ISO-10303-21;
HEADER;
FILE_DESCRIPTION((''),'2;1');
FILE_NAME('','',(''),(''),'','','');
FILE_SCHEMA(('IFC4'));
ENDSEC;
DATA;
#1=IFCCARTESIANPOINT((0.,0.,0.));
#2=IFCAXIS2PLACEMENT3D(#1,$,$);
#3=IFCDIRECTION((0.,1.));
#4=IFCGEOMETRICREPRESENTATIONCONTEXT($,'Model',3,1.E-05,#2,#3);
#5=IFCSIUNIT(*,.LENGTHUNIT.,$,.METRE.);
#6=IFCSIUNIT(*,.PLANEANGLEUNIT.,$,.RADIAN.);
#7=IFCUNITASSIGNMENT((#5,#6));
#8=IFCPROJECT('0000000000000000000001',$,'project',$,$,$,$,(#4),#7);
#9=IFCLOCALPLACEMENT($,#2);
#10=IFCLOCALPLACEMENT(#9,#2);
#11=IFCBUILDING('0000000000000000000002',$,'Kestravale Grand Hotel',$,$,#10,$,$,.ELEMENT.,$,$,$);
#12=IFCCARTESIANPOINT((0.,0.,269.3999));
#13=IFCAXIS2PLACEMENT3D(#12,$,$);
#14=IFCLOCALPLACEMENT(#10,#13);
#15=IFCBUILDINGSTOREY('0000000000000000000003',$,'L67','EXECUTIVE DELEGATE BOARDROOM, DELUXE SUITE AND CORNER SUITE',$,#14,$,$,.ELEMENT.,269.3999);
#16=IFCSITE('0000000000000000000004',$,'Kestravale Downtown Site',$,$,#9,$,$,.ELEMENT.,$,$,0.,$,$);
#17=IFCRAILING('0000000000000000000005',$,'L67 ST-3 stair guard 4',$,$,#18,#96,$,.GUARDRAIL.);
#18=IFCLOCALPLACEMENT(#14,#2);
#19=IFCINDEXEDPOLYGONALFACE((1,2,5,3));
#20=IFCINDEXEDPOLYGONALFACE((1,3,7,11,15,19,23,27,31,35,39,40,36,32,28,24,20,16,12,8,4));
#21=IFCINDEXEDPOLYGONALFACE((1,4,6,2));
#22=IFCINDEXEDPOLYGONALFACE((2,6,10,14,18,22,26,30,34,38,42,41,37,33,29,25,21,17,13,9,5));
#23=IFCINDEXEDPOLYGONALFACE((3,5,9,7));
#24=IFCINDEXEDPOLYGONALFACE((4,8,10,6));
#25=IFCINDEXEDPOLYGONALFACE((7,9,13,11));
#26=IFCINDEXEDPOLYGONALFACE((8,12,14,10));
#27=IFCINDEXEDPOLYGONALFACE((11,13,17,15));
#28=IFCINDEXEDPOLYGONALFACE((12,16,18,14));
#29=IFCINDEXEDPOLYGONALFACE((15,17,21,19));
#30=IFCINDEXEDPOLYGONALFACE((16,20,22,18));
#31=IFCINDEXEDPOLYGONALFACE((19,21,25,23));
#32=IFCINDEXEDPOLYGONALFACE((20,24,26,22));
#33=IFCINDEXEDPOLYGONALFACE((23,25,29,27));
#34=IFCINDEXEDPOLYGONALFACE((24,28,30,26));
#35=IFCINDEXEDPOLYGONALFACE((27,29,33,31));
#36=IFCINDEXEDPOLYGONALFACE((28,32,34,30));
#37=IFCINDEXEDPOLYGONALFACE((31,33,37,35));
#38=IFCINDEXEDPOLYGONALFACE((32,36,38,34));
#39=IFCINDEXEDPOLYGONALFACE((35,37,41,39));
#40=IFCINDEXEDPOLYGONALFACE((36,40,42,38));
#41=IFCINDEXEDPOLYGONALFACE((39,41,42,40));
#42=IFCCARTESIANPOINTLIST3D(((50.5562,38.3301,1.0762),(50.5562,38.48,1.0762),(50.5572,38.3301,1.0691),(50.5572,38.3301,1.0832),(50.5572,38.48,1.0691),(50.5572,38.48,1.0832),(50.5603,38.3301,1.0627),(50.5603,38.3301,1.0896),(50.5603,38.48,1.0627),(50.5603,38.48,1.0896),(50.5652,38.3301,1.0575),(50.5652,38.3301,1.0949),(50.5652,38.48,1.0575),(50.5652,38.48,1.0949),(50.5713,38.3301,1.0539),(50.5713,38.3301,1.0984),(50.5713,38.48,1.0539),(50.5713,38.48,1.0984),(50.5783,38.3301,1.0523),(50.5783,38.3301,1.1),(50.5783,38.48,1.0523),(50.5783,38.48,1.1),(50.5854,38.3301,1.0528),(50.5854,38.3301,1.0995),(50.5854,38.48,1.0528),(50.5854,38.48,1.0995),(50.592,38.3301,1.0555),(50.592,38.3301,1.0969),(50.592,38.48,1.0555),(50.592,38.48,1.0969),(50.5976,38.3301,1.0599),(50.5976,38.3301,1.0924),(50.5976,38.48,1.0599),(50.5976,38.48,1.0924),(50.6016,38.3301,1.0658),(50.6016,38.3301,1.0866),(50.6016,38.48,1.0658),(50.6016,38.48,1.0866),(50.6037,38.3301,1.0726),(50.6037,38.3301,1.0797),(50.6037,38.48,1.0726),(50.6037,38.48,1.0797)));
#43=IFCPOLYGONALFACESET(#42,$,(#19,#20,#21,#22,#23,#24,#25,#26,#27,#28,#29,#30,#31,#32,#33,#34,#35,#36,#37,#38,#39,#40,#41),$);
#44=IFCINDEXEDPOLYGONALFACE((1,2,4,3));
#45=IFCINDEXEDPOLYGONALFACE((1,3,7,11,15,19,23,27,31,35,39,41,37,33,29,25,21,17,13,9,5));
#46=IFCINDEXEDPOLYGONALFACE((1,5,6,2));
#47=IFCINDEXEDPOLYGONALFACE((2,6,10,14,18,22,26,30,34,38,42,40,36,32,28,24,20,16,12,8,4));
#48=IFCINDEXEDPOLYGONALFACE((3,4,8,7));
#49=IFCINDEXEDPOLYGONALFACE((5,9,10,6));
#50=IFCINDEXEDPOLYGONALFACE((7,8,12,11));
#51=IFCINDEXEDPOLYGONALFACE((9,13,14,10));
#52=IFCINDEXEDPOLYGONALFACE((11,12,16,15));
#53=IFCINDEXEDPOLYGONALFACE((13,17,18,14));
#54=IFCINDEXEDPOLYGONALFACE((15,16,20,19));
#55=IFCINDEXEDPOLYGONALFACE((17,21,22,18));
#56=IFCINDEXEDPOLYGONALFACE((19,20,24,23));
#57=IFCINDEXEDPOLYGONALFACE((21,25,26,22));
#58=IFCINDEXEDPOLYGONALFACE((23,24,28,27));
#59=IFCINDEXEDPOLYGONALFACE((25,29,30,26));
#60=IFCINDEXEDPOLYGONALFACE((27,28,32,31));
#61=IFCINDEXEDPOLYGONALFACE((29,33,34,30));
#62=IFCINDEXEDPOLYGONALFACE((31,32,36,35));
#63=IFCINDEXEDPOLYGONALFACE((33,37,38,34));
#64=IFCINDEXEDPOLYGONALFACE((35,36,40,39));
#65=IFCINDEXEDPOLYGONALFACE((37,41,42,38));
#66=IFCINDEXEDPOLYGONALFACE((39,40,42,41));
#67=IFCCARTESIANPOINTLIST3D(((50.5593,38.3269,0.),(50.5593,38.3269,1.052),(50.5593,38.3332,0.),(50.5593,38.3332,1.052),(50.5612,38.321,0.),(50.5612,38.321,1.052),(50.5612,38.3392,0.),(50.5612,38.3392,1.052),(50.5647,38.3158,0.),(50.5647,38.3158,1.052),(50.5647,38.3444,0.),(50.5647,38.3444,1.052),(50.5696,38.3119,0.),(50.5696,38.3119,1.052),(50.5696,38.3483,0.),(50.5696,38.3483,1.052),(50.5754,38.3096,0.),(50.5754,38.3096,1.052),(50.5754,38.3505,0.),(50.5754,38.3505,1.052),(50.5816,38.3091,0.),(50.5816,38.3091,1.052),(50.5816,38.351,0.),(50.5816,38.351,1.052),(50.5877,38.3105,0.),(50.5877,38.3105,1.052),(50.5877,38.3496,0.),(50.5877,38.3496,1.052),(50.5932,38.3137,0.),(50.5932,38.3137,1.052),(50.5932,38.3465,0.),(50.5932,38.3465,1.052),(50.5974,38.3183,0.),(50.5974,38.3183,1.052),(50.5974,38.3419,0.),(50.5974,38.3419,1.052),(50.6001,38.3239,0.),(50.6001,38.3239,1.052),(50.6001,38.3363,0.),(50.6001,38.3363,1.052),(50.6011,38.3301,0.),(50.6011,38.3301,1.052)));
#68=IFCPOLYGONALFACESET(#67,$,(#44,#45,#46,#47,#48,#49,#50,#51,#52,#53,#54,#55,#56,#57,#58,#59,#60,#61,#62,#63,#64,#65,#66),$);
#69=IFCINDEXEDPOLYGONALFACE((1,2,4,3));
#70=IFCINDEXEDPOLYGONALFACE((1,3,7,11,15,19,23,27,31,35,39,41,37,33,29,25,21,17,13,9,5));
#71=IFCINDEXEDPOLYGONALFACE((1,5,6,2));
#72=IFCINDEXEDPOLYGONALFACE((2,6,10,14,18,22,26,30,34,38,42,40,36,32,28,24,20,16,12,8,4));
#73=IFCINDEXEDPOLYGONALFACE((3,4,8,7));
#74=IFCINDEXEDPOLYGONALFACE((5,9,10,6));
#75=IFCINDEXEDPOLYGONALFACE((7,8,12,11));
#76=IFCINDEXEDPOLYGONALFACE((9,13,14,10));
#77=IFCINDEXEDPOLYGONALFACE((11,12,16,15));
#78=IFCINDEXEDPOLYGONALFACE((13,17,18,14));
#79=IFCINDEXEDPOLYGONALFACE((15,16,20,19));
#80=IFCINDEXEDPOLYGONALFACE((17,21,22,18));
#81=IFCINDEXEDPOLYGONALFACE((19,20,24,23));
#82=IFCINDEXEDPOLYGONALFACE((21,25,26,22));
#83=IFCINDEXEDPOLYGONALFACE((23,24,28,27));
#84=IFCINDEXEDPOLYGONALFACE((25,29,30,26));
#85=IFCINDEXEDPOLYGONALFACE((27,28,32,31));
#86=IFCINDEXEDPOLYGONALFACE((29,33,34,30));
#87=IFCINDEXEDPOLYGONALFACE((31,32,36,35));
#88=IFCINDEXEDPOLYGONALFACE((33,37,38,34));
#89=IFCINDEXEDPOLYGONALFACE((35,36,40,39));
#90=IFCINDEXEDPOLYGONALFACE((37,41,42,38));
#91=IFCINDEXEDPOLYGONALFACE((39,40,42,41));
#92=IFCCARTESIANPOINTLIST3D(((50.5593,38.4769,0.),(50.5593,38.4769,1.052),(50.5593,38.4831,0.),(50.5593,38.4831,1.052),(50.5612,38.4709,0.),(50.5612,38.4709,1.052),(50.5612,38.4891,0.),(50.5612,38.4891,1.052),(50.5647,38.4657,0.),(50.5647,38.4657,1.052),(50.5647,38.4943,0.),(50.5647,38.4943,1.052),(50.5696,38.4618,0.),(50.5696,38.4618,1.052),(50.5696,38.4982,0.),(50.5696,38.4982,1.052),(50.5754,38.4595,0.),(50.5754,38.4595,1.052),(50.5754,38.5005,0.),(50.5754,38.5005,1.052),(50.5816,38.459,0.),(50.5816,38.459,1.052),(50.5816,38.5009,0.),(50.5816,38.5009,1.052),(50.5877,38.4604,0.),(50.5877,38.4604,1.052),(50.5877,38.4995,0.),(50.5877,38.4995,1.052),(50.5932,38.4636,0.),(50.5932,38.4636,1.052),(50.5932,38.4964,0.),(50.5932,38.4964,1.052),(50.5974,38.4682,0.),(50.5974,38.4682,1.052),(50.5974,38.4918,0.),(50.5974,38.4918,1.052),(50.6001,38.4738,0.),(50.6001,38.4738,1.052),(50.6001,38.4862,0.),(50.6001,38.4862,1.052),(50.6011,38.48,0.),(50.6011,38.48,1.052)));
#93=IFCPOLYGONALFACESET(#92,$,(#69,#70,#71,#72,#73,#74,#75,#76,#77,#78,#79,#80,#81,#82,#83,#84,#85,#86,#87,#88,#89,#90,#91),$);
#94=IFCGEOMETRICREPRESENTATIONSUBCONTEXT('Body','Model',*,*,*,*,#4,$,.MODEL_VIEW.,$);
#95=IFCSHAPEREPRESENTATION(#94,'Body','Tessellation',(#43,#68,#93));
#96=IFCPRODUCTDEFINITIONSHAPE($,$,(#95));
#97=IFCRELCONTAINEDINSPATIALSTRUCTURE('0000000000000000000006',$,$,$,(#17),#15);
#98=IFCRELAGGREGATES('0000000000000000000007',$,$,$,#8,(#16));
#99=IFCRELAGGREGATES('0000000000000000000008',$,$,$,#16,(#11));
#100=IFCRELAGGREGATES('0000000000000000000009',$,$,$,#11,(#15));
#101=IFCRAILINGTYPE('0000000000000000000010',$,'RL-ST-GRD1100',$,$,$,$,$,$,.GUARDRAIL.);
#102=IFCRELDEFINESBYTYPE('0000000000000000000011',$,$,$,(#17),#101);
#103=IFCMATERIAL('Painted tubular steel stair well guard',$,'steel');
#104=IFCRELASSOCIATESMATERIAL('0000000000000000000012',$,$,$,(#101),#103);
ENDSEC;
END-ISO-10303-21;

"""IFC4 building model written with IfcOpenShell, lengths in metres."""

from ifc_helpers import new_model, si_unit, direction, frame, origin, origin_2d, place, context, subcontext, project, spatial, circle, extrude, material, type_object, element, save


model = new_model("IFC4")

# Units and contexts
model_context = context("Model", 3, precision=1e-05, world=origin(), true_north=direction((0.0, 1.0)))
body_context = subcontext(model_context, "Body", "Model", "MODEL_VIEW")
ifc_project = project(units=[si_unit("LENGTHUNIT", "METRE"), si_unit("PLANEANGLEUNIT", "RADIAN")], contexts=[model_context])

# Site, building, storey
site_placement = place(None, origin())
site = spatial("IfcSite", under=ifc_project, at=site_placement, Name="Kestravale Downtown Site", CompositionType="ELEMENT", RefElevation=0.0)
building_placement = place(site_placement, origin())
building = spatial("IfcBuilding", under=site, at=building_placement, Name="Kestravale Grand Hotel", CompositionType="ELEMENT")
storey_placement = place(building_placement, frame((0.0, 0.0, 269.3999)))
storey = spatial("IfcBuildingStorey", under=building, at=storey_placement, Name="L67", Description="EXECUTIVE DELEGATE BOARDROOM, DELUXE SUITE AND CORNER SUITE", CompositionType="ELEMENT", Elevation=269.3999)

# Railing
ifc_material_1 = material(Name="Painted tubular steel stair well guard", Category="steel")
railing_type_1 = type_object("IfcRailingType", Name="RL-ST-GRD1100", PredefinedType="GUARDRAIL", material=ifc_material_1)
railing_1_placement = place(storey_placement, frame((50.5801, 38.3301, 0.0)))
element("IfcRailing", 1, at=railing_1_placement, inside=storey, type_object=railing_type_1, Name="L67 ST-3 stair guard 4", PredefinedType="GUARDRAIL", context=body_context, shape_type="SweptSolid", body=[
    extrude(circle(Radius=0.0239, at=origin_2d()), frame((0.0, 0.0, 1.0762), z_axis=(0.0, 1.0, 0.0), x_axis=(-1.0, 0.0, 0.0)), (0.0, 0.0, 1.0), 0.1499),
    extrude(circle(Radius=0.021, at=origin_2d()), origin(), (0.0, 0.0, 1.0), 1.052),
    extrude(circle(Radius=0.021, at=origin_2d()), frame((0.0, 0.1499, 0.0)), (0.0, 0.0, 1.0), 1.052),
])

save(model, "model.ifc")
